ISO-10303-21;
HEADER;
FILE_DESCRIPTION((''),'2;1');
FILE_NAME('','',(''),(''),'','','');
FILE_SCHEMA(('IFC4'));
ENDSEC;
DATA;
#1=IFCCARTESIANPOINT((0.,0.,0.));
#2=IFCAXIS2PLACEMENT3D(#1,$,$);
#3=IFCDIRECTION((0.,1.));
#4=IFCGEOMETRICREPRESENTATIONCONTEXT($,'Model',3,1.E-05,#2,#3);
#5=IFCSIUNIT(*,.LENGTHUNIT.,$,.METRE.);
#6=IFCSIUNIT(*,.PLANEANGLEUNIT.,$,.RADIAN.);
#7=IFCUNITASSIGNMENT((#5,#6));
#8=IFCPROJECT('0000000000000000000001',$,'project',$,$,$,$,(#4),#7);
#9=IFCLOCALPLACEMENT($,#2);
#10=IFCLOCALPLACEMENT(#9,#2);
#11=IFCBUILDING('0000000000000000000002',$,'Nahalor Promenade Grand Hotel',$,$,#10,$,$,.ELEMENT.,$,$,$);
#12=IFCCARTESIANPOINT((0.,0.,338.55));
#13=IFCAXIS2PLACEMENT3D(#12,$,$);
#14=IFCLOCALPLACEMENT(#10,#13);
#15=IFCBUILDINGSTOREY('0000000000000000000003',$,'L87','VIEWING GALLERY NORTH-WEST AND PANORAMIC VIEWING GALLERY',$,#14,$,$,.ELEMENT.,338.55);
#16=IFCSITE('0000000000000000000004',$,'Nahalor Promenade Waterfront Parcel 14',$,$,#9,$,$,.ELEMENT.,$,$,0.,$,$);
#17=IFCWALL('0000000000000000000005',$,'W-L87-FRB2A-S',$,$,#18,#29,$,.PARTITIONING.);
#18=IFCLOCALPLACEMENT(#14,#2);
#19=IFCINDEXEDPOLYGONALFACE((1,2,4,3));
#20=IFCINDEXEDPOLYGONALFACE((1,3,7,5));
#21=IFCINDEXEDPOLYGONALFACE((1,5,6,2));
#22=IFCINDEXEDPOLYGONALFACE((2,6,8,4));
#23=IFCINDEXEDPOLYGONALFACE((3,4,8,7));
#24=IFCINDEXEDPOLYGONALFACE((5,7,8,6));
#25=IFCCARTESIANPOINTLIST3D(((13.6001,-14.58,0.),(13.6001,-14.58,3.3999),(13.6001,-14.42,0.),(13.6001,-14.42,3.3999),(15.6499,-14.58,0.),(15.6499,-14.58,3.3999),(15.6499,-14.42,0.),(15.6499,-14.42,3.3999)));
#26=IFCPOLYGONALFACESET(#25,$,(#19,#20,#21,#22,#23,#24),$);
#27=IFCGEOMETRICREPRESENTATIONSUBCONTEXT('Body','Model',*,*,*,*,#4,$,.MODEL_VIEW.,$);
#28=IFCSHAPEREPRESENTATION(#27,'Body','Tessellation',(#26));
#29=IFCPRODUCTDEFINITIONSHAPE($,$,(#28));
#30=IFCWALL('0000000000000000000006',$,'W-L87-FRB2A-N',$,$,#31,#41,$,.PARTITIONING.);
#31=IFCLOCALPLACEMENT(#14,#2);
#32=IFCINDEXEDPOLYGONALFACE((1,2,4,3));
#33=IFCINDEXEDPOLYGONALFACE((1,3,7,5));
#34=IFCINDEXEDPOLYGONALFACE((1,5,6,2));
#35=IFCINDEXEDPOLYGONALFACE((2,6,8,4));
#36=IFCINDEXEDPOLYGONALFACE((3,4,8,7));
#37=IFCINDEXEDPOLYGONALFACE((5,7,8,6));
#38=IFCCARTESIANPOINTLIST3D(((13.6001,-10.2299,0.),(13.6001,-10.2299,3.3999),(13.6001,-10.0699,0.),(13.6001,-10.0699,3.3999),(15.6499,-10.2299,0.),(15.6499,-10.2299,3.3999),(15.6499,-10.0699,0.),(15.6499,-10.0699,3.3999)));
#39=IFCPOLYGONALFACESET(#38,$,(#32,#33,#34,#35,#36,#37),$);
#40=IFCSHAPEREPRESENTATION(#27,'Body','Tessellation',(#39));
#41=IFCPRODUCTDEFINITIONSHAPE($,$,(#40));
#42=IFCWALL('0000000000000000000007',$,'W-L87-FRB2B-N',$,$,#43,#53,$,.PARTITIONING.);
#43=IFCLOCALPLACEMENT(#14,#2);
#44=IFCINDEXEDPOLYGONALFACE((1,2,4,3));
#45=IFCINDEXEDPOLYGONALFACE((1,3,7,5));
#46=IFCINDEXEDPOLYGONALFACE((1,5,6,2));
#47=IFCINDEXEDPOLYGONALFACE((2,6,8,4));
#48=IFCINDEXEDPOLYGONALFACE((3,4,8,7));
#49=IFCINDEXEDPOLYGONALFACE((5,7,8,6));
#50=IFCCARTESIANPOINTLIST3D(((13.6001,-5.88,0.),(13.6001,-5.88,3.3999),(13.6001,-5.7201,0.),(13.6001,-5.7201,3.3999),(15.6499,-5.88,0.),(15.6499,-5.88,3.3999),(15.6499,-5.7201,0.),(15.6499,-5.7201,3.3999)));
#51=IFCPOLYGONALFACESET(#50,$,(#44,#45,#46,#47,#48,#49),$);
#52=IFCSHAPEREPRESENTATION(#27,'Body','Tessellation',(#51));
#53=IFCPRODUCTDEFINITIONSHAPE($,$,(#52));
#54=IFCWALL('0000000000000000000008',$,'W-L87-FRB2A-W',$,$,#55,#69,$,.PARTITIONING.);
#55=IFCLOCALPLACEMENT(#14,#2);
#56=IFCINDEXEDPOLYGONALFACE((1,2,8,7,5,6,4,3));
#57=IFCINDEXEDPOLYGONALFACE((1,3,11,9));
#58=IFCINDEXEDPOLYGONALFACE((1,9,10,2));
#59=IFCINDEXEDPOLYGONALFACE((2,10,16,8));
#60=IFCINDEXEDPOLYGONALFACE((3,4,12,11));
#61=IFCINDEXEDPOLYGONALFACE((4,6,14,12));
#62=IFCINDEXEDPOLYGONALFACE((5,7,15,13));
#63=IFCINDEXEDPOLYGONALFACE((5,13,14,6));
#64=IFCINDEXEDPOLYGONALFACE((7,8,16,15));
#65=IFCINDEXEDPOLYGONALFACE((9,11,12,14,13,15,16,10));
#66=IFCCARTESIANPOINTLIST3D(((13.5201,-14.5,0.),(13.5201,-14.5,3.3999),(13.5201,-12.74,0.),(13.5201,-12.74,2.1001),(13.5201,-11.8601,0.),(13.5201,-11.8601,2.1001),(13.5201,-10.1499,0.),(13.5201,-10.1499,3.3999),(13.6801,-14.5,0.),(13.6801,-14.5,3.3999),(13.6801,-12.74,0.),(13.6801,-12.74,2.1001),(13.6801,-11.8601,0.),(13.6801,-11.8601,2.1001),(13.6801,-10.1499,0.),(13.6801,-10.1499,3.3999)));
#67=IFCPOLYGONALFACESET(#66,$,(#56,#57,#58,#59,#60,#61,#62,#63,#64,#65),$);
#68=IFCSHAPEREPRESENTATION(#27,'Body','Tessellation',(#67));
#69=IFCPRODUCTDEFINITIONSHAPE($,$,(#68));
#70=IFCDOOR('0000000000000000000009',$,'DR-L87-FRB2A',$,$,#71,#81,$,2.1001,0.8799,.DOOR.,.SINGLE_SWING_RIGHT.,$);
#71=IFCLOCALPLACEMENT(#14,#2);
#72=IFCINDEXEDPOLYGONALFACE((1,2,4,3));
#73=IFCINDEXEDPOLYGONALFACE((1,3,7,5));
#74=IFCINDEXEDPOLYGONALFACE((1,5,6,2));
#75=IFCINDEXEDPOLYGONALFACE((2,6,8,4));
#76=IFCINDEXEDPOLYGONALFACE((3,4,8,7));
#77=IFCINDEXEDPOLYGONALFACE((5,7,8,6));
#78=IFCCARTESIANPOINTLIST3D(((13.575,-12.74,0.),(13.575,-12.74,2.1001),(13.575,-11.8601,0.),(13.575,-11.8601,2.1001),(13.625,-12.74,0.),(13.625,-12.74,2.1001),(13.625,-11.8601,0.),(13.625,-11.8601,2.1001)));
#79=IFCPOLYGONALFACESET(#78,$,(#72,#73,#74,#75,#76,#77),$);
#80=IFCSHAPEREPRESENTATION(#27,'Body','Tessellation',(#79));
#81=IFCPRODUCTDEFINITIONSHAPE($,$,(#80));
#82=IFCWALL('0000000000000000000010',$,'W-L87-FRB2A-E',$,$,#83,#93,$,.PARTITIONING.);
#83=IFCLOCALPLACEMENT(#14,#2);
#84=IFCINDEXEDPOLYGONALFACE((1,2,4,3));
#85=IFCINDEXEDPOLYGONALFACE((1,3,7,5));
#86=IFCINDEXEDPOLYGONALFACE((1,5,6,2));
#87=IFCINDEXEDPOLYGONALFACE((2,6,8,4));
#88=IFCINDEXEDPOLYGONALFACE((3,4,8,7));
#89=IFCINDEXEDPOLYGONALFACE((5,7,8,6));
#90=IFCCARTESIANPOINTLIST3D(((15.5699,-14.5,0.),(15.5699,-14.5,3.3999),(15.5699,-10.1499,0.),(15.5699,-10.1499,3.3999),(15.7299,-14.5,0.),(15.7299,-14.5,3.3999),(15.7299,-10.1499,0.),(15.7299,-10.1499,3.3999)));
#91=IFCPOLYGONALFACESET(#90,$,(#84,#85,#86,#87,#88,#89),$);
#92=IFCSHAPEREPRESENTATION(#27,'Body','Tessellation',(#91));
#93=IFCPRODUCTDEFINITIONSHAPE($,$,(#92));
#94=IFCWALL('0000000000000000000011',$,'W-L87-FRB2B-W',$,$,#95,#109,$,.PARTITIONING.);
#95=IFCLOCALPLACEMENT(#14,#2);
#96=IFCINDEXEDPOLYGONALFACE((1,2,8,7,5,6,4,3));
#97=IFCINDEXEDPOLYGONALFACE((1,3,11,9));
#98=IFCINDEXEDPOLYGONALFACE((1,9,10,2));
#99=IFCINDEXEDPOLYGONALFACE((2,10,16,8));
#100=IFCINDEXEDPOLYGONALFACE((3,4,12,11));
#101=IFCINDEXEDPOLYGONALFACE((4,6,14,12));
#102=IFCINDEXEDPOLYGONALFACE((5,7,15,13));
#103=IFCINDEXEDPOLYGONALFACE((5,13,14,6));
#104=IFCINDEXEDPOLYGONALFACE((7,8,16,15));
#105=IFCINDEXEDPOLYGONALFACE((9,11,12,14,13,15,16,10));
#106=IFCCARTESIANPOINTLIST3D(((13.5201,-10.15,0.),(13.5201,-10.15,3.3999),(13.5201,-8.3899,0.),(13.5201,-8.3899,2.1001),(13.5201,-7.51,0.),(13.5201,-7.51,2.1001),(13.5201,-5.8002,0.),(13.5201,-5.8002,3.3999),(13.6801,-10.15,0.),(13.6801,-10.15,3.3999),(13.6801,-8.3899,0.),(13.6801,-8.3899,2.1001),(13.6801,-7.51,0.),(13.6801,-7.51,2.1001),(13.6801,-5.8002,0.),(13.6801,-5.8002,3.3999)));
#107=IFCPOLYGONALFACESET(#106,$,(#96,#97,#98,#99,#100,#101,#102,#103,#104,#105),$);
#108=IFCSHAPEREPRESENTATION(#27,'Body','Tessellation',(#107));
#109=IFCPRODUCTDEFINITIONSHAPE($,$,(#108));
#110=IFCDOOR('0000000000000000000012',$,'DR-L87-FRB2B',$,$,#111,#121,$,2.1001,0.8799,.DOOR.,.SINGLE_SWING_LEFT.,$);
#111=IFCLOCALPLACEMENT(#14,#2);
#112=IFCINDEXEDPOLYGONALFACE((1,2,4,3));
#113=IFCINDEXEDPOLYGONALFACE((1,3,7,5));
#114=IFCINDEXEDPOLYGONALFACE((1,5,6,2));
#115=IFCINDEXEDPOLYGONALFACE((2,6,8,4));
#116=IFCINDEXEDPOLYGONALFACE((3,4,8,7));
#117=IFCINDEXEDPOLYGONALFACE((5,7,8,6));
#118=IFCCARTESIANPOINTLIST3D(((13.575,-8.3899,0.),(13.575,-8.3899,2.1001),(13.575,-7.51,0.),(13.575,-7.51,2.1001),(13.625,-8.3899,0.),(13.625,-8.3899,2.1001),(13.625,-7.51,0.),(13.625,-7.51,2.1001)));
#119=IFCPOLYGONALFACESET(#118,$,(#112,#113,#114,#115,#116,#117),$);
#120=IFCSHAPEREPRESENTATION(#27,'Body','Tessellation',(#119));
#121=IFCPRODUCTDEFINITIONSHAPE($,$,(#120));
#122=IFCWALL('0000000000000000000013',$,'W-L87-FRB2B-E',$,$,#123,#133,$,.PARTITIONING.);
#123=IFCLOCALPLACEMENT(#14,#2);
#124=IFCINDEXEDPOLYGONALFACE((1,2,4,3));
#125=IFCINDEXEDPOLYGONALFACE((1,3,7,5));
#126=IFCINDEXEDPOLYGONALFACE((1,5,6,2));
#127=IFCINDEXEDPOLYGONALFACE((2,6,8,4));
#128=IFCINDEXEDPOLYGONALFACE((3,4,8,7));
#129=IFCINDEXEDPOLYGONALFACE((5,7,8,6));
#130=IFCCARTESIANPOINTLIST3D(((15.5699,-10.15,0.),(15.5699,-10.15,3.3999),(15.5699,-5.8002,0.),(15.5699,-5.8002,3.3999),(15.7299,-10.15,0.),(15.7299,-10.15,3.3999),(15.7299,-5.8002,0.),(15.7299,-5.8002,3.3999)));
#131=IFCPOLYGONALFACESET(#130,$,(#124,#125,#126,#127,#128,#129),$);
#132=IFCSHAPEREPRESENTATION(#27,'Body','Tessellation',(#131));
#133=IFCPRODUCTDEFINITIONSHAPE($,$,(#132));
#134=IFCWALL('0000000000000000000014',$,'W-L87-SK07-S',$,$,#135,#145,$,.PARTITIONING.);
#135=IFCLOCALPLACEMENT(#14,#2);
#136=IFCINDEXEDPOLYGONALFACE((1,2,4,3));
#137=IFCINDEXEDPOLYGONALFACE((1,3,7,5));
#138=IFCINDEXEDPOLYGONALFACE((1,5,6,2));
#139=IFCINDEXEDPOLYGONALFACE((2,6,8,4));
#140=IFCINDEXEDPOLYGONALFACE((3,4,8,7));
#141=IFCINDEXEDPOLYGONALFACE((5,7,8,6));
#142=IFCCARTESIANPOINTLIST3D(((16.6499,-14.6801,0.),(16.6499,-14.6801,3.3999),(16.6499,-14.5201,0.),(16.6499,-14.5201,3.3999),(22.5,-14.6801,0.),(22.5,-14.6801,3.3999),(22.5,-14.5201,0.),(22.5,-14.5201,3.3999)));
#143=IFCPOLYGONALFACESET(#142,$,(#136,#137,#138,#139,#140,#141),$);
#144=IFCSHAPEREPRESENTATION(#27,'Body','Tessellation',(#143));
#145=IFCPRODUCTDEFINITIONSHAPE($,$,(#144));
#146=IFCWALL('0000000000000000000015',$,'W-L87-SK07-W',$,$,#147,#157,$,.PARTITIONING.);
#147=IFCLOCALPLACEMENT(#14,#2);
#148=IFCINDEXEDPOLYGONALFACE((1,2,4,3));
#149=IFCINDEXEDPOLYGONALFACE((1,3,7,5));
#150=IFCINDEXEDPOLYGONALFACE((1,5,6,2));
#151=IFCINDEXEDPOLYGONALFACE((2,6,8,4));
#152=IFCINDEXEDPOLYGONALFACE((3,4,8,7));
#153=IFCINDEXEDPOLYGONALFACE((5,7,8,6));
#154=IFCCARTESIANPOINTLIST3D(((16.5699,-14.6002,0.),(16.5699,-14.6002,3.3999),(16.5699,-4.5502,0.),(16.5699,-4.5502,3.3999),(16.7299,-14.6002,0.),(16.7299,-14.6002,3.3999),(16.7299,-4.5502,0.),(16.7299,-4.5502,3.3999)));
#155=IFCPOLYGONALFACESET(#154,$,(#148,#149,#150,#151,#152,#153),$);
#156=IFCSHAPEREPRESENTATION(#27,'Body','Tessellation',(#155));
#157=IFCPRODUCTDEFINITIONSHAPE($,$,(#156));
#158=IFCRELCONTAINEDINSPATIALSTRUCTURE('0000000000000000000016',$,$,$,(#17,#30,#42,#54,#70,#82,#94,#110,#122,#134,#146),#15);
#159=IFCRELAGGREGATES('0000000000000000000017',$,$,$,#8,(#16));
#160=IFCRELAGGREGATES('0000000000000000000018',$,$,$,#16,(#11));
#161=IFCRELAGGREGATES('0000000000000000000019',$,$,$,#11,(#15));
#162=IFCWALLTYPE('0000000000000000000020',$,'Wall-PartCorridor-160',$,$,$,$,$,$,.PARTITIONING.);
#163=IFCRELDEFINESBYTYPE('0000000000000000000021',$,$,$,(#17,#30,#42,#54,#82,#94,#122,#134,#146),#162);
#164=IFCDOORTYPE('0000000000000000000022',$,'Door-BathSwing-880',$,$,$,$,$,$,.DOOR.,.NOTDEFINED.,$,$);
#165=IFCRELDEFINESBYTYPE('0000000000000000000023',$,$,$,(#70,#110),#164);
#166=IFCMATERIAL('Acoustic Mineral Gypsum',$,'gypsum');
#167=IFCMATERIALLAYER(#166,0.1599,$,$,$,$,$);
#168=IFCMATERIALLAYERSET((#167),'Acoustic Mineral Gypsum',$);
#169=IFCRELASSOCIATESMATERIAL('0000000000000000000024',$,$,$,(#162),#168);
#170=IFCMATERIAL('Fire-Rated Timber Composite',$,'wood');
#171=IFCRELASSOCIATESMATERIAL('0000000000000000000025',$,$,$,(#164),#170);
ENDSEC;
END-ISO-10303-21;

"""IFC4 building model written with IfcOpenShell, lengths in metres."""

from ifc_helpers import new_model, si_unit, direction, frame, frame_2d, origin, place, context, subcontext, project, spatial, rectangle, extrude, source, transform, mapped, material, layer, layer_set, type_object, element, fill, save


model = new_model("IFC4")

# Units and contexts
model_context = context("Model", 3, precision=1e-05, world=origin(), true_north=direction((0.0, 1.0)))
body_context = subcontext(model_context, "Body", "Model", "MODEL_VIEW")
ifc_project = project(units=[si_unit("LENGTHUNIT", "METRE"), si_unit("PLANEANGLEUNIT", "RADIAN")], contexts=[model_context])

# Site, building, storey
site_placement = place(None, origin())
site = spatial("IfcSite", under=ifc_project, at=site_placement, Name="Nahalor Promenade Waterfront Parcel 14", CompositionType="ELEMENT", RefElevation=0.0)
building_placement = place(site_placement, origin())
building = spatial("IfcBuilding", under=site, at=building_placement, Name="Nahalor Promenade Grand Hotel", CompositionType="ELEMENT")
storey_placement = place(building_placement, frame((0.0, 0.0, 338.55)))
storey = spatial("IfcBuildingStorey", under=building, at=storey_placement, Name="L87", Description="VIEWING GALLERY NORTH-WEST AND PANORAMIC VIEWING GALLERY", CompositionType="ELEMENT", Elevation=338.55)

# Walls
ifc_material_1 = material(Name="Acoustic Mineral Gypsum", Category="gypsum")
ifc_layer_1 = layer(ifc_material_1, 0.1599)
ifc_layer_set_1 = layer_set([ifc_layer_1], Name="Acoustic Mineral Gypsum")
wall_type = type_object("IfcWallType", Name="Wall-PartCorridor-160", PredefinedType="PARTITIONING", material=ifc_layer_set_1)
shared_shape_1 = source(origin(), body_context, "Body", "SweptSolid", [
    extrude(rectangle(XDim=2.0498, YDim=0.1599, at=frame_2d((1.0249, 0.0))), origin(), (0.0, 0.0, 1.0), 3.3999),
])
for number, where, z_axis, x_axis, name in (
    (1, (13.6001, -14.5, 0.0), (0.0, 0.0, 1.0), (1.0, 0.0, 0.0), "W-L87-FRB2A-S"),
    (2, (13.6001, -10.1499, 0.0), (0.0, 0.0, 1.0), (1.0, 0.0, 0.0), "W-L87-FRB2A-N"),
    (3, (13.6001, -5.8, 0.0), (0.0, 0.0, 1.0), (1.0, 0.0, 0.0), "W-L87-FRB2B-N"),
):
    element("IfcWall", number, at=place(storey_placement, frame(where, z_axis=z_axis, x_axis=x_axis)), inside=storey, type_object=wall_type, Name=name, PredefinedType="PARTITIONING", context=body_context, shape_type="MappedRepresentation", body=[
        mapped(shared_shape_1, transform((0.0, 0.0, 0.0), scale=1.0)),
    ])

# Wall, opening, door
shared_shape_2 = source(origin(), body_context, "Body", "SweptSolid", [
    extrude(rectangle(XDim=4.3501, YDim=0.1599, at=frame_2d((2.175, 0.0))), origin(), (0.0, 0.0, 1.0), 3.3999),
])
wall_1_placement = place(storey_placement, frame((13.6001, -14.5, 0.0), z_axis=(0.0, 0.0, 1.0), x_axis=(0.0, 1.0, 0.0)))
wall_1 = element("IfcWall", 4, at=wall_1_placement, inside=storey, type_object=wall_type, Name="W-L87-FRB2A-W", PredefinedType="PARTITIONING", context=body_context, shape_type="MappedRepresentation", body=[
    mapped(shared_shape_2, transform((0.0, 0.0, 0.0), scale=1.0)),
])
opening_1_placement = place(wall_1_placement, frame((1.76, 0.0, 0.0)))
opening_1 = element("IfcOpeningElement", 5, at=opening_1_placement, cuts=wall_1, PredefinedType="OPENING", context=body_context, shape_type="SweptSolid", body=[
    extrude(rectangle(XDim=0.8799, YDim=2.1001, at=frame_2d((0.4399, 1.05))), frame((0.0, 0.0898, 0.0), z_axis=(0.0, -1.0, 0.0), x_axis=(1.0, 0.0, 0.0)), (0.0, 0.0, 1.0), 0.1799),
])
ifc_material_2 = material(Name="Fire-Rated Timber Composite", Category="wood")
door_type_1 = type_object("IfcDoorType", Name="Door-BathSwing-880", OperationType="NOTDEFINED", PredefinedType="DOOR", material=ifc_material_2)
shared_shape_3 = source(origin(), body_context, "Body", "SweptSolid", [
    extrude(rectangle(XDim=0.8799, YDim=2.1001, at=frame_2d((0.4399, 1.05))), frame((0.0, 0.0249, 0.0), z_axis=(0.0, -1.0, 0.0), x_axis=(1.0, 0.0, 0.0)), (0.0, 0.0, 1.0), 0.05),
])
door_1_placement = place(opening_1_placement, frame((0.8799, 0.0, 0.0), z_axis=(0.0, 0.0, 1.0), x_axis=(-1.0, 0.0, 0.0)))
door_1 = element("IfcDoor", 6, at=door_1_placement, inside=storey, type_object=door_type_1, Name="DR-L87-FRB2A", OperationType="SINGLE_SWING_RIGHT", OverallHeight=2.1001, OverallWidth=0.8799, PredefinedType="DOOR", context=body_context, shape_type="MappedRepresentation", body=[
    mapped(shared_shape_3, transform((0.0, 0.0, 0.0), scale=1.0)),
])
fill(opening_1, door_1)

# Wall
wall_2_placement = place(storey_placement, frame((15.6499, -14.5, 0.0), z_axis=(0.0, 0.0, 1.0), x_axis=(0.0, 1.0, 0.0)))
element("IfcWall", 7, at=wall_2_placement, inside=storey, type_object=wall_type, Name="W-L87-FRB2A-E", PredefinedType="PARTITIONING", context=body_context, shape_type="MappedRepresentation", body=[
    mapped(shared_shape_2, transform((0.0, 0.0, 0.0), scale=1.0)),
])

# Wall, opening, door
shared_shape_4 = source(origin(), body_context, "Body", "SweptSolid", [
    extrude(rectangle(XDim=4.3499, YDim=0.1599, at=frame_2d((2.1748, 0.0))), origin(), (0.0, 0.0, 1.0), 3.3999),
])
wall_3_placement = place(storey_placement, frame((13.6001, -10.1499, 0.0), z_axis=(0.0, 0.0, 1.0), x_axis=(0.0, 1.0, 0.0)))
wall_3 = element("IfcWall", 8, at=wall_3_placement, inside=storey, type_object=wall_type, Name="W-L87-FRB2B-W", PredefinedType="PARTITIONING", context=body_context, shape_type="MappedRepresentation", body=[
    mapped(shared_shape_4, transform((0.0, 0.0, 0.0), scale=1.0)),
])
opening_2_placement = place(wall_3_placement, frame((1.76, 0.0, 0.0)))
opening_2 = element("IfcOpeningElement", 9, at=opening_2_placement, cuts=wall_3, PredefinedType="OPENING", context=body_context, shape_type="SweptSolid", body=[
    extrude(rectangle(XDim=0.8799, YDim=2.1001, at=frame_2d((0.4399, 1.05))), frame((0.0, 0.0898, 0.0), z_axis=(0.0, -1.0, 0.0), x_axis=(1.0, 0.0, 0.0)), (0.0, 0.0, 1.0), 0.1799),
])
door_2_placement = place(opening_2_placement, frame((0.8799, 0.0, 0.0), z_axis=(0.0, 0.0, 1.0), x_axis=(-1.0, 0.0, 0.0)))
door_2 = element("IfcDoor", 10, at=door_2_placement, inside=storey, type_object=door_type_1, Name="DR-L87-FRB2B", OperationType="SINGLE_SWING_LEFT", OverallHeight=2.1001, OverallWidth=0.8799, PredefinedType="DOOR", context=body_context, shape_type="MappedRepresentation", body=[
    mapped(shared_shape_3, transform((0.0, 0.0, 0.0), scale=1.0)),
])
fill(opening_2, door_2)

# Walls
wall_4_placement = place(storey_placement, frame((15.6499, -10.1499, 0.0), z_axis=(0.0, 0.0, 1.0), x_axis=(0.0, 1.0, 0.0)))
element("IfcWall", 11, at=wall_4_placement, inside=storey, type_object=wall_type, Name="W-L87-FRB2B-E", PredefinedType="PARTITIONING", context=body_context, shape_type="MappedRepresentation", body=[
    mapped(shared_shape_4, transform((0.0, 0.0, 0.0), scale=1.0)),
])
shared_shape_5 = source(origin(), body_context, "Body", "SweptSolid", [
    extrude(rectangle(XDim=5.8501, YDim=0.1599, at=frame_2d((2.925, 0.0))), origin(), (0.0, 0.0, 1.0), 3.3999),
])
wall_5_placement = place(storey_placement, frame((16.6499, -14.6001, 0.0), z_axis=(0.0, 0.0, 1.0), x_axis=(1.0, 0.0, 0.0)))
element("IfcWall", 12, at=wall_5_placement, inside=storey, type_object=wall_type, Name="W-L87-SK07-S", PredefinedType="PARTITIONING", context=body_context, shape_type="MappedRepresentation", body=[
    mapped(shared_shape_5, transform((0.0, 0.0, 0.0), scale=1.0)),
])

# Wall
shared_shape_6 = source(origin(), body_context, "Body", "SweptSolid", [
    extrude(rectangle(XDim=10.05, YDim=0.1599, at=frame_2d((5.0249, 0.0))), origin(), (0.0, 0.0, 1.0), 3.3999),
])
wall_6_placement = place(storey_placement, frame((16.6499, -14.6001, 0.0), z_axis=(0.0, 0.0, 1.0), x_axis=(0.0, 1.0, 0.0)))
element("IfcWall", 13, at=wall_6_placement, inside=storey, type_object=wall_type, Name="W-L87-SK07-W", PredefinedType="PARTITIONING", context=body_context, shape_type="MappedRepresentation", body=[
    mapped(shared_shape_6, transform((0.0, 0.0, 0.0), scale=1.0)),
])

save(model, "model.ifc")
